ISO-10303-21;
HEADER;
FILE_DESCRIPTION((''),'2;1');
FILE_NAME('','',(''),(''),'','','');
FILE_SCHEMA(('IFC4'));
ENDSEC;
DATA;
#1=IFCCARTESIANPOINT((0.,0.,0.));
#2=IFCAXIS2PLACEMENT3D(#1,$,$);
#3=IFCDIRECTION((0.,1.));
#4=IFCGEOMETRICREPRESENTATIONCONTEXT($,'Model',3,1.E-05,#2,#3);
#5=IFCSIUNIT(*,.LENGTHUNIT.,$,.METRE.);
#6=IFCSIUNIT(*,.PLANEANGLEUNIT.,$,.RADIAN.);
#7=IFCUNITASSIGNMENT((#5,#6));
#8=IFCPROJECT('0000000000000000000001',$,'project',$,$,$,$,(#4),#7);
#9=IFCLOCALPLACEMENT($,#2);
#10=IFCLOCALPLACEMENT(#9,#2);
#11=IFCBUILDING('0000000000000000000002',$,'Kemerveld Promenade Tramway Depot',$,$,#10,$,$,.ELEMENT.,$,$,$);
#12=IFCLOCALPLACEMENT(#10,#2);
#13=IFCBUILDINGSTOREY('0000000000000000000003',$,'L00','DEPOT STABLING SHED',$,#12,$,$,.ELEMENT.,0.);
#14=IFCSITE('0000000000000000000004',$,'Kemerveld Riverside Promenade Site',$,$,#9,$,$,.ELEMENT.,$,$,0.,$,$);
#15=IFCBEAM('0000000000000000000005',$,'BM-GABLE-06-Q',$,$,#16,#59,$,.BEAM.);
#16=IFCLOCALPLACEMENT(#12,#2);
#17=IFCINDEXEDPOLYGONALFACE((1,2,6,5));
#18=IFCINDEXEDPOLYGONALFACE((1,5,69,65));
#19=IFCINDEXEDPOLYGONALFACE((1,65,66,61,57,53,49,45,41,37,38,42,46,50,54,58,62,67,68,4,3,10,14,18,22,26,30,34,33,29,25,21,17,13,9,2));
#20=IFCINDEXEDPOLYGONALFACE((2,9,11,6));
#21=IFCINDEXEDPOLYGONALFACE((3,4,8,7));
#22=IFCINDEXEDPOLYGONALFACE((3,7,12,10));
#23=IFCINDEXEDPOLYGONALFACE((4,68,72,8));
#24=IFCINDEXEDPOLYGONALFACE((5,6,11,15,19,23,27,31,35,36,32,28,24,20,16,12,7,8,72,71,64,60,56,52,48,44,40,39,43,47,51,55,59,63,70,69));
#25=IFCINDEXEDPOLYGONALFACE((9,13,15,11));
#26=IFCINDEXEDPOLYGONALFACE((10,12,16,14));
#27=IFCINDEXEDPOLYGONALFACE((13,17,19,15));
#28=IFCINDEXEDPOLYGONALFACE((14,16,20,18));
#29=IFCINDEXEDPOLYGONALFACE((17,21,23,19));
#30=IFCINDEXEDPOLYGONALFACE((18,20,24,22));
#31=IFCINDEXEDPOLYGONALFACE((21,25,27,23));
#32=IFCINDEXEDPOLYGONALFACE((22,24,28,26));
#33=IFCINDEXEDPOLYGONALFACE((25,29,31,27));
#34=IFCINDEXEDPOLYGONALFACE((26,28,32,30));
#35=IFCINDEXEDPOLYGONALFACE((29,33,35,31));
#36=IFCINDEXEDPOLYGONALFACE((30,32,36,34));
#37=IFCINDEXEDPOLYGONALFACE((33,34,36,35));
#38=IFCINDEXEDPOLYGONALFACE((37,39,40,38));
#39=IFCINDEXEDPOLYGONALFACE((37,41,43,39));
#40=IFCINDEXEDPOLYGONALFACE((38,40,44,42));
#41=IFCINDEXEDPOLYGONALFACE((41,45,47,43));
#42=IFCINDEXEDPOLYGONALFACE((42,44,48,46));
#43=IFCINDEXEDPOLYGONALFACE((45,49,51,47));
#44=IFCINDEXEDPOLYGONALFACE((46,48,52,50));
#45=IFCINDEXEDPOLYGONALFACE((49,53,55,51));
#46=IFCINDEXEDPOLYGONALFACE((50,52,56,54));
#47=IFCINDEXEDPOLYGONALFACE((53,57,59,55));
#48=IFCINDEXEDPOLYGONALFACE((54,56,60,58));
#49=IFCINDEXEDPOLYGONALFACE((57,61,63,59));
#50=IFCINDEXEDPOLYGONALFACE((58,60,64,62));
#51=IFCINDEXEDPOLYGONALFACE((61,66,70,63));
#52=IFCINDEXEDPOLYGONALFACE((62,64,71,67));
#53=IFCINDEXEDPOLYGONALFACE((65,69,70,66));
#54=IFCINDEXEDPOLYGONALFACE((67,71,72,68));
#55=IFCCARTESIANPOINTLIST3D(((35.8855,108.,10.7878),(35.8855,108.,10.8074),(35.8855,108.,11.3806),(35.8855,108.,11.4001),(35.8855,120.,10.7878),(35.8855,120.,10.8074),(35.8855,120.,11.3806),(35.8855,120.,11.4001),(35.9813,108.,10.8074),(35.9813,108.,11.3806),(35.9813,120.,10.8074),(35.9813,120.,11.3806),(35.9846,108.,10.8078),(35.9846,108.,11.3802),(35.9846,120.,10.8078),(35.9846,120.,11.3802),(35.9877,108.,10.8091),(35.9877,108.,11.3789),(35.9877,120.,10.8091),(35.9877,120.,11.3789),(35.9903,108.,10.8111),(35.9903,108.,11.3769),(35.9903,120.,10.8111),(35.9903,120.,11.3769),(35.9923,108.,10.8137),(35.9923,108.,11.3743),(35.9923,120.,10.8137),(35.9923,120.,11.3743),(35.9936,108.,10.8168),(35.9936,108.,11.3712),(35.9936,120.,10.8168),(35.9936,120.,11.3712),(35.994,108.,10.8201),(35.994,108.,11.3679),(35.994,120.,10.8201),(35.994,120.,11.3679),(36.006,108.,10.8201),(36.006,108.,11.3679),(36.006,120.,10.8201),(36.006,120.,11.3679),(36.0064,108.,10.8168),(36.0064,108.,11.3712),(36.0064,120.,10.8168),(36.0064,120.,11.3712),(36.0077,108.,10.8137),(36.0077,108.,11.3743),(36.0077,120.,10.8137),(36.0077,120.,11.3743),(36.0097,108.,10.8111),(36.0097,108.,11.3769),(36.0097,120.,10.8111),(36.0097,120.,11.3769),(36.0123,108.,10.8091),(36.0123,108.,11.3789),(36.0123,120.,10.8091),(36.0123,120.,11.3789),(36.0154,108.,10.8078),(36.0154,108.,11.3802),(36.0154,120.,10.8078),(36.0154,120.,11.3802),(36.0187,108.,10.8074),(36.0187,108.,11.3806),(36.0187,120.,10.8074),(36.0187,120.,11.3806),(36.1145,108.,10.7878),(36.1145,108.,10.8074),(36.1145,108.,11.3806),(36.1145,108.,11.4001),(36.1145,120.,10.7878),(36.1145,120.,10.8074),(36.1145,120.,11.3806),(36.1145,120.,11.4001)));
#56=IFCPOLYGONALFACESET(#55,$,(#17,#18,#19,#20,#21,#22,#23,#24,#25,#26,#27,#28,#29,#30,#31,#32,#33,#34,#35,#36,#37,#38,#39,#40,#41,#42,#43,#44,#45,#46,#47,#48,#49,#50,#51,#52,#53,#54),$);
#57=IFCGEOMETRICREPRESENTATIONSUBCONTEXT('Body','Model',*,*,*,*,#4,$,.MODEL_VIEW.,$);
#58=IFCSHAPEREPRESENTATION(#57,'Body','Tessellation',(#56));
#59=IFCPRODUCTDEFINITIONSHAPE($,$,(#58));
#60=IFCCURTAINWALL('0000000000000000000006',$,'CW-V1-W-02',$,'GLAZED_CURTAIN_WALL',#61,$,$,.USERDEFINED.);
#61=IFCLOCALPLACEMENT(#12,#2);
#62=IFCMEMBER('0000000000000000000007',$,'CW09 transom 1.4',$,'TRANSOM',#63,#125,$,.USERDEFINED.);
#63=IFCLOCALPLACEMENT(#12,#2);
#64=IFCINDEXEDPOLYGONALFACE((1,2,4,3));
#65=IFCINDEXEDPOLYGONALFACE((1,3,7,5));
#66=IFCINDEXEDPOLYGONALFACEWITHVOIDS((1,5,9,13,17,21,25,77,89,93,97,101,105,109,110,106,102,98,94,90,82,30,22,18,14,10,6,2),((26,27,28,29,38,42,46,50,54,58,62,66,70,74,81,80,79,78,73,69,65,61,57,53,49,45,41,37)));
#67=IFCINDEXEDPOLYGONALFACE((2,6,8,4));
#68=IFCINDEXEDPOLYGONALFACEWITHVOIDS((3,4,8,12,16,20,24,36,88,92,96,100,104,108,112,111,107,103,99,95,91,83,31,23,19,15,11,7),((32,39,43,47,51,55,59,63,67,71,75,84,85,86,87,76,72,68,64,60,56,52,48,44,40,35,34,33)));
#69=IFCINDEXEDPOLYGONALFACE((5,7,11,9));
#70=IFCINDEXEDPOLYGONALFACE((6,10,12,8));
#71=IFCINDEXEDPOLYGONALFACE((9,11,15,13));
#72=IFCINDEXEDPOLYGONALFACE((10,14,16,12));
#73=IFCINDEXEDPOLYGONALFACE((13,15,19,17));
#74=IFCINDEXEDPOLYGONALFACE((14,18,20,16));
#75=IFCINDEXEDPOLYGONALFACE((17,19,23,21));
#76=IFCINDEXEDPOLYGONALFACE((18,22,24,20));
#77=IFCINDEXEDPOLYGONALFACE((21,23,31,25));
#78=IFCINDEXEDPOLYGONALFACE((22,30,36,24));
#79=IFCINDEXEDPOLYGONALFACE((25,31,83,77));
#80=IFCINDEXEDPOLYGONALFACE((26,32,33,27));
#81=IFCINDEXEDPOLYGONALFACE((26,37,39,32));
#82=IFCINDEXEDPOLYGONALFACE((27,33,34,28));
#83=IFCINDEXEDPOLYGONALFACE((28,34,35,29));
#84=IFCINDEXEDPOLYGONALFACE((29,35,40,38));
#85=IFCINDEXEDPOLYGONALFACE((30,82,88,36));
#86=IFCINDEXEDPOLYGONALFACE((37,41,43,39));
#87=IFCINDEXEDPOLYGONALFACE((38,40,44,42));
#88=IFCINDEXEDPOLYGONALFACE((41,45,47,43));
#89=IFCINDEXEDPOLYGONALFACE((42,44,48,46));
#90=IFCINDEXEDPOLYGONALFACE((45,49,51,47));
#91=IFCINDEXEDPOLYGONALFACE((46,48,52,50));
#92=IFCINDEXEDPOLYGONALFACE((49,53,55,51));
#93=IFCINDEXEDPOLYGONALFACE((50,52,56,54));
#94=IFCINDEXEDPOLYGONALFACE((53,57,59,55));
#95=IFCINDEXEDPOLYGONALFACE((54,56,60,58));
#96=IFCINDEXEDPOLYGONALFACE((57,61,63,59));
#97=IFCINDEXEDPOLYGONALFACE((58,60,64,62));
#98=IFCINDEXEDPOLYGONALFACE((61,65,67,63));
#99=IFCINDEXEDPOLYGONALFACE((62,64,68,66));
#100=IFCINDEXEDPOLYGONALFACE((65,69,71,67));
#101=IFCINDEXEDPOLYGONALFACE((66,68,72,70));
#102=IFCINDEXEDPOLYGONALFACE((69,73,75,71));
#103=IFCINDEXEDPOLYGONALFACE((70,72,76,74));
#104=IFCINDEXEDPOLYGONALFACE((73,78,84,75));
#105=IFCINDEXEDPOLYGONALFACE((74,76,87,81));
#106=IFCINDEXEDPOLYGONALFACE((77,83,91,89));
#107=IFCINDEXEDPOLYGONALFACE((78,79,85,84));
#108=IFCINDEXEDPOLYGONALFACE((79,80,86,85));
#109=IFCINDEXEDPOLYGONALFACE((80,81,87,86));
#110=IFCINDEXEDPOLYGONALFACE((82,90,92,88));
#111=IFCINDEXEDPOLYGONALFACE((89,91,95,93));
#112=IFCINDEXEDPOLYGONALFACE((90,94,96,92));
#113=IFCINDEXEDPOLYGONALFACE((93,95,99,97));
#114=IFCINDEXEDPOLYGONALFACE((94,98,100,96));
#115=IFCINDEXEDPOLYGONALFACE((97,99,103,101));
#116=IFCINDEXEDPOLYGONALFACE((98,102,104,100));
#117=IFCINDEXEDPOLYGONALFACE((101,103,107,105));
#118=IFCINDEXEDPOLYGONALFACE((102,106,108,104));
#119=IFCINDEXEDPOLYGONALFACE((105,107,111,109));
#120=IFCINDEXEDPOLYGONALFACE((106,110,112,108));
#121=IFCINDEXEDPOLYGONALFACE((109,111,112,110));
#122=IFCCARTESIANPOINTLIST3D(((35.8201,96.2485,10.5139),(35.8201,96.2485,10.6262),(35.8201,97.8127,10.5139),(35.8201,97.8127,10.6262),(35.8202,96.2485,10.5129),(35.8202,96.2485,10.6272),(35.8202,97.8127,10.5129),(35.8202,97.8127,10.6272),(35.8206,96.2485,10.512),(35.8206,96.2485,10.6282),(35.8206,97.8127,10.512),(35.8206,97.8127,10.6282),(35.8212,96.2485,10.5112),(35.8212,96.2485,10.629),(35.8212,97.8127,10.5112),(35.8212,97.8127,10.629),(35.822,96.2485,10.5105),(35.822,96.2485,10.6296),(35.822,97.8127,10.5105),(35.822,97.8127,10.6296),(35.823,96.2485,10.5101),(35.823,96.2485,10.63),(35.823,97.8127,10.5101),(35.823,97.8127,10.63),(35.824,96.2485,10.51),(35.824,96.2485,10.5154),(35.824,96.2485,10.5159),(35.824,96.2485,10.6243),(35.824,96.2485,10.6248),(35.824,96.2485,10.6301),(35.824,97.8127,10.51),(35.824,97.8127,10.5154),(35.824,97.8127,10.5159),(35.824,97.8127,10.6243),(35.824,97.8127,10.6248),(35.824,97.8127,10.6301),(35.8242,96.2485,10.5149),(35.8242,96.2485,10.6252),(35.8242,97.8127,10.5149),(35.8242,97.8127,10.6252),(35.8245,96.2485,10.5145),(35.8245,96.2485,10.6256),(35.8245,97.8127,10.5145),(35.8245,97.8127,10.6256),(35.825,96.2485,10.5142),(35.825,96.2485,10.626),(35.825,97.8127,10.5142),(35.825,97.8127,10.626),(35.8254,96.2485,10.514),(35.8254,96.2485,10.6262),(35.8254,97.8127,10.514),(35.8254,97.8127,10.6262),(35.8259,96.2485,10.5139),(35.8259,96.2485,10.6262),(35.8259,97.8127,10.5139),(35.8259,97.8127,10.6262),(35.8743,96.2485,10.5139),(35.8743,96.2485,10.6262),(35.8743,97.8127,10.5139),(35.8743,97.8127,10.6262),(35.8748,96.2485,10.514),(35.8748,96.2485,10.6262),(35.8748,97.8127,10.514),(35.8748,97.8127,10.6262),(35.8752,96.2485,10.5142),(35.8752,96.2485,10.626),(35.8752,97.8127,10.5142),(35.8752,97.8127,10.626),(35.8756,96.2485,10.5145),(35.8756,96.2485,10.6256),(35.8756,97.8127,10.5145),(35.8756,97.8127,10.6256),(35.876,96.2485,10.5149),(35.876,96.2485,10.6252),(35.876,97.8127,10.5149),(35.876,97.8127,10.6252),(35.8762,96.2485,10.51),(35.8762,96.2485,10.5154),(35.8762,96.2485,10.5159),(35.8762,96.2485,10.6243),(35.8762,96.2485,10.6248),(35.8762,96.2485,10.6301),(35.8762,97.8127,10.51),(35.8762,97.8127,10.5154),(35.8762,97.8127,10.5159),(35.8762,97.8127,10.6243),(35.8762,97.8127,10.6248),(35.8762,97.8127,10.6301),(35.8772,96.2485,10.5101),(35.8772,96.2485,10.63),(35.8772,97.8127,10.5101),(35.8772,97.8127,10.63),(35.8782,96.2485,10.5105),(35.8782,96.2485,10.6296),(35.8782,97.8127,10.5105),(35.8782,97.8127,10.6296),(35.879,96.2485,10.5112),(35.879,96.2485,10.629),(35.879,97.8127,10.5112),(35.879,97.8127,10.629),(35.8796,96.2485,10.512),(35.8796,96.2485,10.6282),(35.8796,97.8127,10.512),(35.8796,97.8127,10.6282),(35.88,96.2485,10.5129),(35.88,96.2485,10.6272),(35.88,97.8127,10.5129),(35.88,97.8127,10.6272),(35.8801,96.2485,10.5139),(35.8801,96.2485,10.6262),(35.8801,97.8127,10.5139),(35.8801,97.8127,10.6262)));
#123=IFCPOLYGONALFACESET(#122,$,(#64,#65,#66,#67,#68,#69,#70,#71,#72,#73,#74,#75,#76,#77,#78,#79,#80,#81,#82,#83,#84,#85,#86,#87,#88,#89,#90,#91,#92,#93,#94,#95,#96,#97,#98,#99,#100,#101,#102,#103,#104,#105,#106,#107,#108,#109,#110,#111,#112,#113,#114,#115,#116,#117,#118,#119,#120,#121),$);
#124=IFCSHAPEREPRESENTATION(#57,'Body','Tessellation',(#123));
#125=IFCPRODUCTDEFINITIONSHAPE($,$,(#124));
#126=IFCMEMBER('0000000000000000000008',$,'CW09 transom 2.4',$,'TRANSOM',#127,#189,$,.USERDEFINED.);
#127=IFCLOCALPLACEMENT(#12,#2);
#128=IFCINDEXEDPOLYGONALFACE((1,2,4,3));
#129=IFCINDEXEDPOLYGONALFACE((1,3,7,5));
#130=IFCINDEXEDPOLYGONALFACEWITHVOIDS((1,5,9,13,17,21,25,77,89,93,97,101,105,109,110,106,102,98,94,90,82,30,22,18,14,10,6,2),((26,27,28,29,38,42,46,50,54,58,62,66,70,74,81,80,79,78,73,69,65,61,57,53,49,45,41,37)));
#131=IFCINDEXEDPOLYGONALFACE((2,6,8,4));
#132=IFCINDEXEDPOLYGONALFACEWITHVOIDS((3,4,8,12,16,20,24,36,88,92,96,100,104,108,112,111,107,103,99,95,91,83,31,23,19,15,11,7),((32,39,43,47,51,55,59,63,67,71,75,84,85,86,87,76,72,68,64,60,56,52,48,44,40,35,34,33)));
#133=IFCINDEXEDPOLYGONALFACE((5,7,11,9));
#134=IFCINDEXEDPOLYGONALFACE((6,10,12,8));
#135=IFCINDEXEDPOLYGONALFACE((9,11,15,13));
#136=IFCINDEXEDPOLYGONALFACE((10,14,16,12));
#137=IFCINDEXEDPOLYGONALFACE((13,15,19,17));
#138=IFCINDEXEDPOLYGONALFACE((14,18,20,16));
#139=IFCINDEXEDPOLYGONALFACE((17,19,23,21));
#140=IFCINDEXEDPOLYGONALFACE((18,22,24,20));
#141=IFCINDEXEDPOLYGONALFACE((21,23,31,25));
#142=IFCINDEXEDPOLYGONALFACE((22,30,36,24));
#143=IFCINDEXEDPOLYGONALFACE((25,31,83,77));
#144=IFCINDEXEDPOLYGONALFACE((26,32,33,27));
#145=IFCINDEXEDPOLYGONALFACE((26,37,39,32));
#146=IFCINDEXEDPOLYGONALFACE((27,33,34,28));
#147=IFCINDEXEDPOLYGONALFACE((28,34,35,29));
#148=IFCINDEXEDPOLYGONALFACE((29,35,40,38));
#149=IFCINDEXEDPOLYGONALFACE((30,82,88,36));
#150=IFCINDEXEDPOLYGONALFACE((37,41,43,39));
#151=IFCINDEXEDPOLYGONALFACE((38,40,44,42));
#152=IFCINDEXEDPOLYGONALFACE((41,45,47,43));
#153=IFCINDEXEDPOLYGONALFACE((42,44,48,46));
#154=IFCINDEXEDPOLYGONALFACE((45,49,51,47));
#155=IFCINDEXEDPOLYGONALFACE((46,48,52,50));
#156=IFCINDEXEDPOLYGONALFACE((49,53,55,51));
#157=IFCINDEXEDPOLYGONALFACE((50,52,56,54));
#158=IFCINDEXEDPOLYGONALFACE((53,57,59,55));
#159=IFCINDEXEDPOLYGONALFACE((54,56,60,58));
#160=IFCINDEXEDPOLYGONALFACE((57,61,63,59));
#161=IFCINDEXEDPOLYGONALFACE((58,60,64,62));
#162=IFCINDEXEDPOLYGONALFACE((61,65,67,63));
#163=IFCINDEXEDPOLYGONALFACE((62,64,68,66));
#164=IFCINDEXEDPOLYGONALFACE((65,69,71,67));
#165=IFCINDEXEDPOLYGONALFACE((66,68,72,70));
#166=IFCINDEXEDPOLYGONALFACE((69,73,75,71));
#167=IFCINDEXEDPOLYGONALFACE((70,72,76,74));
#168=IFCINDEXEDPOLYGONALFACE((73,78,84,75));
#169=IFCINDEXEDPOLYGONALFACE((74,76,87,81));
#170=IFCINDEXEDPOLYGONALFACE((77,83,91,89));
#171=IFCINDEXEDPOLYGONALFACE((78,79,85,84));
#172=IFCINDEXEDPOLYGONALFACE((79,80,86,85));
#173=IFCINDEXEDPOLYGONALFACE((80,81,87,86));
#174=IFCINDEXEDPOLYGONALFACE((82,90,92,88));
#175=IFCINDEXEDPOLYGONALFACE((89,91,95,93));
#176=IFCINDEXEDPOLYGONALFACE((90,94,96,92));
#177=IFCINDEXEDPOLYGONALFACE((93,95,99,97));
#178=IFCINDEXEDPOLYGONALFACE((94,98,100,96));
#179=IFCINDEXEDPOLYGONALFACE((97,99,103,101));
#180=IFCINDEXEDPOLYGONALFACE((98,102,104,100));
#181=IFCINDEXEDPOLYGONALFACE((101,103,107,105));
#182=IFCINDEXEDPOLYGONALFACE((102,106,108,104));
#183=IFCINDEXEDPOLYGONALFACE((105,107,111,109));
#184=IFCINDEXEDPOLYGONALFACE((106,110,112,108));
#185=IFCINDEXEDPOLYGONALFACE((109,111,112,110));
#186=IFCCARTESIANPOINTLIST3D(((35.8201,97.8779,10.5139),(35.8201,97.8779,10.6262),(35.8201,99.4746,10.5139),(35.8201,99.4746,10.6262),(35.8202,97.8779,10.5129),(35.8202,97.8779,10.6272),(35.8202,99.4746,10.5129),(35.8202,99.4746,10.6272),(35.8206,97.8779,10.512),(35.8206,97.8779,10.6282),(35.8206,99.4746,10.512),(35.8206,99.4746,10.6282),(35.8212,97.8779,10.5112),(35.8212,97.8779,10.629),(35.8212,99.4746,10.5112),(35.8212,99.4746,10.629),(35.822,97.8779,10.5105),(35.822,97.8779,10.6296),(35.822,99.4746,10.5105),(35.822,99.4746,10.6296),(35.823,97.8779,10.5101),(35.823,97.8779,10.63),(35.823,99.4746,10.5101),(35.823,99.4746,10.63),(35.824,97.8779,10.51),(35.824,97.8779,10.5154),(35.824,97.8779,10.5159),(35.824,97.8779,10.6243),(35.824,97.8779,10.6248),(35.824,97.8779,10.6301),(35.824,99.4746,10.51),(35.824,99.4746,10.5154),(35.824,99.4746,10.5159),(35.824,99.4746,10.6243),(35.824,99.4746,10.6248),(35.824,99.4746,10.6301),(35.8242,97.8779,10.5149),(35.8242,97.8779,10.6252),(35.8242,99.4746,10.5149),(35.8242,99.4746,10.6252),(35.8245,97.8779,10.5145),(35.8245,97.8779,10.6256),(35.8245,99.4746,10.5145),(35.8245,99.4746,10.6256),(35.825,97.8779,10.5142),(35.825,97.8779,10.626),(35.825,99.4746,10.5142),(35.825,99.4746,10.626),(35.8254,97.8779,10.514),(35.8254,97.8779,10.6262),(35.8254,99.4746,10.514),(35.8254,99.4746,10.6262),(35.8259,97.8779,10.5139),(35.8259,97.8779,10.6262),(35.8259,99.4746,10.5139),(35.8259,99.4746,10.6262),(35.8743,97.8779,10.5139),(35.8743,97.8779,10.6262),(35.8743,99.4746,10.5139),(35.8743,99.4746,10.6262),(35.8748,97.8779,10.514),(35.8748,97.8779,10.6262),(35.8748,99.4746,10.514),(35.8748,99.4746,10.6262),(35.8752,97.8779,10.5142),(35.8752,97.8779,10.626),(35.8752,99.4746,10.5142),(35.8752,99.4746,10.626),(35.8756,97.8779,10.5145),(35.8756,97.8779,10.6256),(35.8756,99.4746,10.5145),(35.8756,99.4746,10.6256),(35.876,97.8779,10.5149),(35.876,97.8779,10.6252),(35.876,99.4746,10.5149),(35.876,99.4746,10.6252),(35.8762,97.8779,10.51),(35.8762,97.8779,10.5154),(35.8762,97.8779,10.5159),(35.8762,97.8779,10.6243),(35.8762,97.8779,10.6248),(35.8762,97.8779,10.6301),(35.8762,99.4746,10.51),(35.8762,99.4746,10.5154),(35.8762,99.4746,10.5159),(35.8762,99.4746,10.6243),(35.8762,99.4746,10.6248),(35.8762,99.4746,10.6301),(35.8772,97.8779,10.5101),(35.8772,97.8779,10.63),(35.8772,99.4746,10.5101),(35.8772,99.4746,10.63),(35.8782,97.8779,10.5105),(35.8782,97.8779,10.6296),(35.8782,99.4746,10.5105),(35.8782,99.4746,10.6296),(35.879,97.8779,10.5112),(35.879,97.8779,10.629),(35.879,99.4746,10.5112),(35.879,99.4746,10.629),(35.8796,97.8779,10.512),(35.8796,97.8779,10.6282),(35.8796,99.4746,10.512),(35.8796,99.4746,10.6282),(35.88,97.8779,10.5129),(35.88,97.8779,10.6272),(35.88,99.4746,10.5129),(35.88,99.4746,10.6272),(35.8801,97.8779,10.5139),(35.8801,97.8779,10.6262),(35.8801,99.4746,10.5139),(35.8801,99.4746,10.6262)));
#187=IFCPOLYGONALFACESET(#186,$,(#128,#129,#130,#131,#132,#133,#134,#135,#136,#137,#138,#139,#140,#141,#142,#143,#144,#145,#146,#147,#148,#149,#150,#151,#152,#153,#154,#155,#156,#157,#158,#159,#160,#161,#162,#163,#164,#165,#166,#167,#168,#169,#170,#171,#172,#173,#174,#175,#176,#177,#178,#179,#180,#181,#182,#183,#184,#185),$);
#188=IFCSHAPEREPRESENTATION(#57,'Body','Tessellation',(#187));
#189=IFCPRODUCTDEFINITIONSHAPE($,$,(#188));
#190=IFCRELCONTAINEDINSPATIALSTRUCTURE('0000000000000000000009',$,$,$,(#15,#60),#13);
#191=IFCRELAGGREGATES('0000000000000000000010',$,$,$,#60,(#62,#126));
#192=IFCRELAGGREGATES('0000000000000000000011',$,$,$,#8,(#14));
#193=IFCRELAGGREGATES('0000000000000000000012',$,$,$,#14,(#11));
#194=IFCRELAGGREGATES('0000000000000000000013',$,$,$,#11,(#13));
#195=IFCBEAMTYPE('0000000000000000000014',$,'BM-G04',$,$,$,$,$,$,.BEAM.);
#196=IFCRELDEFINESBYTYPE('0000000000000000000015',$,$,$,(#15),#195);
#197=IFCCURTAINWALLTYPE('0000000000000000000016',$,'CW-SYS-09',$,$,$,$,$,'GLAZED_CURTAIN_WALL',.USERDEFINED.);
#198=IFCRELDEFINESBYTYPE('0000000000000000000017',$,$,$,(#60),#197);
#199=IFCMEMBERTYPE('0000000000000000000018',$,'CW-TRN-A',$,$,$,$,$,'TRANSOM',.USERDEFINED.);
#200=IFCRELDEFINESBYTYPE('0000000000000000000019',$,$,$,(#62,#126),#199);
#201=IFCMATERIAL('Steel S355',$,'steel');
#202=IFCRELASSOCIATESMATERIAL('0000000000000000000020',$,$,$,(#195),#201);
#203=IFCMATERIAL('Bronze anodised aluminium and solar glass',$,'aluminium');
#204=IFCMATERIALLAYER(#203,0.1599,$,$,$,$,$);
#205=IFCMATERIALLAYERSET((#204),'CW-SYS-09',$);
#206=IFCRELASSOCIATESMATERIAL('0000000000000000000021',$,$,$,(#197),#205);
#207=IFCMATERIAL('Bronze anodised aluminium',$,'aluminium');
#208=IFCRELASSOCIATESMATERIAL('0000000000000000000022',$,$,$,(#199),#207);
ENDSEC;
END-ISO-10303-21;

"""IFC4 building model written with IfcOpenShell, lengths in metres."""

from ifc_helpers import new_model, si_unit, direction, frame, origin, origin_2d, place, context, subcontext, project, spatial, hollow_rectangle, i_section, extrude, material, layer, layer_set, material_profile, profile_set, type_object, element, aggregate, save


model = new_model("IFC4")

# Units and contexts
model_context = context("Model", 3, precision=1e-05, world=origin(), true_north=direction((0.0, 1.0)))
body_context = subcontext(model_context, "Body", "Model", "MODEL_VIEW")
ifc_project = project(units=[si_unit("LENGTHUNIT", "METRE"), si_unit("PLANEANGLEUNIT", "RADIAN")], contexts=[model_context])

# Site, building, storey
site_placement = place(None, origin())
site = spatial("IfcSite", under=ifc_project, at=site_placement, Name="Kemerveld Riverside Promenade Site", CompositionType="ELEMENT", RefElevation=0.0)
building_placement = place(site_placement, origin())
building = spatial("IfcBuilding", under=site, at=building_placement, Name="Kemerveld Promenade Tramway Depot", CompositionType="ELEMENT")
storey_placement = place(building_placement, origin())
storey = spatial("IfcBuildingStorey", under=building, at=storey_placement, Name="L00", Description="DEPOT STABLING SHED", CompositionType="ELEMENT", Elevation=0.0)

# Beam
ifc_material_1 = material(Name="Steel S355", Category="steel")
ifc_material_profile_1 = material_profile(ifc_material_1, i_section(OverallWidth=0.229, OverallDepth=0.6123, WebThickness=0.012, FlangeThickness=0.0195, FilletRadius=0.0127, at=origin_2d()), Name="610x229x125 UB")
ifc_profile_set_1 = profile_set([ifc_material_profile_1], Name="Steel S355")
beam_type = type_object("IfcBeamType", Name="BM-G04", PredefinedType="BEAM", material=ifc_profile_set_1)
beam_placement = place(storey_placement, frame((36.0, 108.0, 11.094), z_axis=(0.0, 1.0, 0.0), x_axis=(-1.0, 0.0, 0.0)))
element("IfcBeam", 1, at=beam_placement, inside=storey, type_object=beam_type, Name="BM-GABLE-06-Q", PredefinedType="BEAM", context=body_context, shape_type="SweptSolid", body=[
    extrude(i_section(OverallWidth=0.229, OverallDepth=0.6123, WebThickness=0.012, FlangeThickness=0.0195, FilletRadius=0.0127, at=origin_2d()), origin(), (0.0, 0.0, 1.0), 12.0),
])

# Curtain wall, members
ifc_material_2 = material(Name="Bronze anodised aluminium and solar glass", Category="aluminium")
ifc_layer_1 = layer(ifc_material_2, 0.1599)
ifc_layer_set_1 = layer_set([ifc_layer_1], Name="CW-SYS-09")
curtain_wall_type_1 = type_object("IfcCurtainWallType", Name="CW-SYS-09", ElementType="GLAZED_CURTAIN_WALL", PredefinedType="USERDEFINED", material=ifc_layer_set_1)
curtain_wall_1_placement = place(storey_placement, origin())
curtain_wall_1 = element("IfcCurtainWall", 2, at=curtain_wall_1_placement, inside=storey, type_object=curtain_wall_type_1, Name="CW-V1-W-02", ObjectType="GLAZED_CURTAIN_WALL", PredefinedType="USERDEFINED")
ifc_material_3 = material(Name="Bronze anodised aluminium", Category="aluminium")
ifc_material_profile_2 = material_profile(ifc_material_3, hollow_rectangle(XDim=0.0601, YDim=0.1201, WallThickness=0.0039, InnerFilletRadius=0.002, OuterFilletRadius=0.0039, at=origin_2d()), Name="CW-TRN-120x60")
ifc_profile_set_2 = profile_set([ifc_material_profile_2], Name="Bronze anodised aluminium")
member_type_1 = type_object("IfcMemberType", Name="CW-TRN-A", ElementType="TRANSOM", PredefinedType="USERDEFINED", material=ifc_profile_set_2)
member_1_placement = place(storey_placement, frame((35.8501, 96.2485, 10.5701), z_axis=(0.0, 1.0, 0.0), x_axis=(-1.0, 0.0, 0.0)))
member_1 = element("IfcMember", 3, at=member_1_placement, type_object=member_type_1, Name="CW09 transom 1.4", ObjectType="TRANSOM", PredefinedType="USERDEFINED", context=body_context, shape_type="SweptSolid", body=[
    extrude(hollow_rectangle(XDim=0.0601, YDim=0.1201, WallThickness=0.0039, InnerFilletRadius=0.002, OuterFilletRadius=0.0039, at=origin_2d()), origin(), (0.0, 0.0, 1.0), 1.5642),
])
member_2_placement = place(storey_placement, frame((35.8501, 97.8779, 10.5701), z_axis=(0.0, 1.0, 0.0), x_axis=(-1.0, 0.0, 0.0)))
member_2 = element("IfcMember", 4, at=member_2_placement, type_object=member_type_1, Name="CW09 transom 2.4", ObjectType="TRANSOM", PredefinedType="USERDEFINED", context=body_context, shape_type="SweptSolid", body=[
    extrude(hollow_rectangle(XDim=0.0601, YDim=0.1201, WallThickness=0.0039, InnerFilletRadius=0.002, OuterFilletRadius=0.0039, at=origin_2d()), origin(), (0.0, 0.0, 1.0), 1.5967),
])

aggregate(curtain_wall_1, [member_1, member_2])

save(model, "model.ifc")
